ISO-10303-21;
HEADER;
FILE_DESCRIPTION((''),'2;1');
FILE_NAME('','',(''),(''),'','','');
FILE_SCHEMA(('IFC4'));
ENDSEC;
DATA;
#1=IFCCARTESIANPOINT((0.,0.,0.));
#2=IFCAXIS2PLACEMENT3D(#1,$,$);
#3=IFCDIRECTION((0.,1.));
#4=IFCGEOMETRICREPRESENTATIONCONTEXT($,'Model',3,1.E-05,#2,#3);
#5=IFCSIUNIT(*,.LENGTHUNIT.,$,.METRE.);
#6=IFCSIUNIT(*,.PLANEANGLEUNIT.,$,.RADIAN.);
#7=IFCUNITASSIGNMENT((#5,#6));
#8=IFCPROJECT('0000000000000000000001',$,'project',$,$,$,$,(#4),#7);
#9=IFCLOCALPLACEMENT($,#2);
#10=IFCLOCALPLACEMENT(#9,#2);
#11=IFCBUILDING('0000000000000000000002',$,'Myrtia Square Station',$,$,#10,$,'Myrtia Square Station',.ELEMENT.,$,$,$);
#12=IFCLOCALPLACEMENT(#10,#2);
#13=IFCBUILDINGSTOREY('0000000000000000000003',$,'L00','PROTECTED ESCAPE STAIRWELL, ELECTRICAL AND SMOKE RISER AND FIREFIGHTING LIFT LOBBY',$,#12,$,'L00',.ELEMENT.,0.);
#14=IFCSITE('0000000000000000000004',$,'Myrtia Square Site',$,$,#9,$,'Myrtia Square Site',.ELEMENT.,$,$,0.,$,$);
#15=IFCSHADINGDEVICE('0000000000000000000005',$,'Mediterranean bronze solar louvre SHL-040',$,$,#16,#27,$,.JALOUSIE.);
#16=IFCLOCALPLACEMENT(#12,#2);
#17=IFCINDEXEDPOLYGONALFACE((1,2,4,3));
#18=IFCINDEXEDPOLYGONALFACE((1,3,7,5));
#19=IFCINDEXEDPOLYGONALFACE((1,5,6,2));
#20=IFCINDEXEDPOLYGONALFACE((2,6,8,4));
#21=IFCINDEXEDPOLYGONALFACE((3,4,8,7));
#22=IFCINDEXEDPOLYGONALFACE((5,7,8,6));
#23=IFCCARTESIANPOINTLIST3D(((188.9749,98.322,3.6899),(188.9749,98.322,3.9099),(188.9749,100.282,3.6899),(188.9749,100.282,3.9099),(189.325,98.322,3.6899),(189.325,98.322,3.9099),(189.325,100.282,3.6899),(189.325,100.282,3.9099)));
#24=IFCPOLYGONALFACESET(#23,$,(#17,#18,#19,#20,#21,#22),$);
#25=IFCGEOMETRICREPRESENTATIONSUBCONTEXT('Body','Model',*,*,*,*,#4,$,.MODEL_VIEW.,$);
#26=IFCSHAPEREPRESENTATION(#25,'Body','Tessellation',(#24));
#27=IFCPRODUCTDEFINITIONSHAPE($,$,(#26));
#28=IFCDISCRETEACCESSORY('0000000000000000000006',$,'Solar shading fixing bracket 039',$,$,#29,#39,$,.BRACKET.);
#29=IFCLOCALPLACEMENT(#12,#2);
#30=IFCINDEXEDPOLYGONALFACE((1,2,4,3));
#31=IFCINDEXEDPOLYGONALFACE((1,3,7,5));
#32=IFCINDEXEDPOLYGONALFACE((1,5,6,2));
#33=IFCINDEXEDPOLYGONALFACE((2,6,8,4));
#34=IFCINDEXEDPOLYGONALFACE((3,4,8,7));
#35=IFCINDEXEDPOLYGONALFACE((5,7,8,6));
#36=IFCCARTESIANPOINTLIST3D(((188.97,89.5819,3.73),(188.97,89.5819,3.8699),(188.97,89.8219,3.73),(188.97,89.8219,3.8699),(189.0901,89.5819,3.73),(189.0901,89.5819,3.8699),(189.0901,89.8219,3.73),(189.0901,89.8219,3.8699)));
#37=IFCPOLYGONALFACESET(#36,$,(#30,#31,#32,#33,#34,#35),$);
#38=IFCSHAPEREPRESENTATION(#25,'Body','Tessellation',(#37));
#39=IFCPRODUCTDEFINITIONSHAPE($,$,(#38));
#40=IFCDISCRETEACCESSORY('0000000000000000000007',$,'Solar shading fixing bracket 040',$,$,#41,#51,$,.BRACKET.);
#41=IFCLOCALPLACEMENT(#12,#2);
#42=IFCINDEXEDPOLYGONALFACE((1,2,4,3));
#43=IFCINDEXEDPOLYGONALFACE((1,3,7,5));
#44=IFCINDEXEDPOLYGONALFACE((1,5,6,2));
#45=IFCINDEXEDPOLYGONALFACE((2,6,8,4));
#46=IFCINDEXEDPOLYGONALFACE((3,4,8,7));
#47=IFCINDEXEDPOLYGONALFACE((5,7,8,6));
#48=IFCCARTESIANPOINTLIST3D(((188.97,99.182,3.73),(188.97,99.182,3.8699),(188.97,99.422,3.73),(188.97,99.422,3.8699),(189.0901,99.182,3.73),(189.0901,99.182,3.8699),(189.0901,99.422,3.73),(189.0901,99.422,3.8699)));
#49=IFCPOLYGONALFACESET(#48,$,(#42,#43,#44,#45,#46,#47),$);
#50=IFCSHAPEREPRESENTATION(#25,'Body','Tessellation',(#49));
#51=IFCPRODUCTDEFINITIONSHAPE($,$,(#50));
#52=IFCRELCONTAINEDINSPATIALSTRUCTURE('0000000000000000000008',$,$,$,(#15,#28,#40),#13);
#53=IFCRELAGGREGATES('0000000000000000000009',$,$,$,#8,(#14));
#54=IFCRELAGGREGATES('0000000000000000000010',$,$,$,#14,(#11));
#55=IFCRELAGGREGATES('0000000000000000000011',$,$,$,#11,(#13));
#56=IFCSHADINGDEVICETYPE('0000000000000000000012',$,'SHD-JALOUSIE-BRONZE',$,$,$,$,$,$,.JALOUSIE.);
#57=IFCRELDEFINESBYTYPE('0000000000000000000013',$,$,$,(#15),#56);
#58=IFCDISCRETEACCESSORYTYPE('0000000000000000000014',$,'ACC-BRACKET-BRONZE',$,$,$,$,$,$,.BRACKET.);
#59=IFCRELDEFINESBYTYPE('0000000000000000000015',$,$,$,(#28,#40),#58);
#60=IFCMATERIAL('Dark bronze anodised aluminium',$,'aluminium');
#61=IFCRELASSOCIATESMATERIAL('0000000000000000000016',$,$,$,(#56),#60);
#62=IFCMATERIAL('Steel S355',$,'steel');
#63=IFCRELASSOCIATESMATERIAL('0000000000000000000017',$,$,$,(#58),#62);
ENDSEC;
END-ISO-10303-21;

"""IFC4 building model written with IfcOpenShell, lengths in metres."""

from ifc_helpers import new_model, si_unit, direction, frame, origin, origin_2d, place, context, subcontext, project, spatial, rectangle, extrude, material, type_object, element, save


model = new_model("IFC4")

# Units and contexts
model_context = context("Model", 3, precision=1e-05, world=origin(), true_north=direction((0.0, 1.0)))
body_context = subcontext(model_context, "Body", "Model", "MODEL_VIEW")
ifc_project = project(units=[si_unit("LENGTHUNIT", "METRE"), si_unit("PLANEANGLEUNIT", "RADIAN")], contexts=[model_context])

# Site, building, storey
site_placement = place(None, origin())
site = spatial("IfcSite", under=ifc_project, at=site_placement, Name="Myrtia Square Site", LongName="Myrtia Square Site", CompositionType="ELEMENT", RefElevation=0.0)
building_placement = place(site_placement, origin())
building = spatial("IfcBuilding", under=site, at=building_placement, Name="Myrtia Square Station", LongName="Myrtia Square Station", CompositionType="ELEMENT")
storey_placement = place(building_placement, origin())
storey = spatial("IfcBuildingStorey", under=building, at=storey_placement, Name="L00", Description="PROTECTED ESCAPE STAIRWELL, ELECTRICAL AND SMOKE RISER AND FIREFIGHTING LIFT LOBBY", LongName="L00", CompositionType="ELEMENT", Elevation=0.0)

# Shared definitions
ifc_material_1 = material(Name="Steel S355", Category="steel")

# Shared definitions
ifc_material_2 = material(Name="Dark bronze anodised aluminium", Category="aluminium")

# Shading device
shading_device_type_1 = type_object("IfcShadingDeviceType", Name="SHD-JALOUSIE-BRONZE", PredefinedType="JALOUSIE", material=ifc_material_2)
for number, where, z_axis, x_axis, name in (
    (1, (189.1499, 99.302, 3.6899), (0.0, 0.0, 1.0), (0.0, 1.0, 0.0), "Mediterranean bronze solar louvre SHL-040"),
):
    element("IfcShadingDevice", number, at=place(storey_placement, frame(where, z_axis=z_axis, x_axis=x_axis)), inside=storey, type_object=shading_device_type_1, Name=name, PredefinedType="JALOUSIE", context=body_context, shape_type="SweptSolid", body=[
        extrude(rectangle(XDim=1.96, YDim=0.3501, at=origin_2d()), origin(), (0.0, 0.0, 1.0), 0.22),
    ])

# Discrete accessories
discrete_accessory_type = type_object("IfcDiscreteAccessoryType", Name="ACC-BRACKET-BRONZE", PredefinedType="BRACKET", material=ifc_material_1)
for number, where, z_axis, x_axis, name in (
    (2, (189.03, 89.7019, 3.73), (0.0, 0.0, 1.0), (0.0, 1.0, 0.0), "Solar shading fixing bracket 039"),
    (3, (189.03, 99.302, 3.73), (0.0, 0.0, 1.0), (0.0, 1.0, 0.0), "Solar shading fixing bracket 040"),
):
    element("IfcDiscreteAccessory", number, at=place(storey_placement, frame(where, z_axis=z_axis, x_axis=x_axis)), inside=storey, type_object=discrete_accessory_type, Name=name, PredefinedType="BRACKET", context=body_context, shape_type="SweptSolid", body=[
        extrude(rectangle(XDim=0.24, YDim=0.1201, at=origin_2d()), origin(), (0.0, 0.0, 1.0), 0.1399),
    ])

save(model, "model.ifc")
